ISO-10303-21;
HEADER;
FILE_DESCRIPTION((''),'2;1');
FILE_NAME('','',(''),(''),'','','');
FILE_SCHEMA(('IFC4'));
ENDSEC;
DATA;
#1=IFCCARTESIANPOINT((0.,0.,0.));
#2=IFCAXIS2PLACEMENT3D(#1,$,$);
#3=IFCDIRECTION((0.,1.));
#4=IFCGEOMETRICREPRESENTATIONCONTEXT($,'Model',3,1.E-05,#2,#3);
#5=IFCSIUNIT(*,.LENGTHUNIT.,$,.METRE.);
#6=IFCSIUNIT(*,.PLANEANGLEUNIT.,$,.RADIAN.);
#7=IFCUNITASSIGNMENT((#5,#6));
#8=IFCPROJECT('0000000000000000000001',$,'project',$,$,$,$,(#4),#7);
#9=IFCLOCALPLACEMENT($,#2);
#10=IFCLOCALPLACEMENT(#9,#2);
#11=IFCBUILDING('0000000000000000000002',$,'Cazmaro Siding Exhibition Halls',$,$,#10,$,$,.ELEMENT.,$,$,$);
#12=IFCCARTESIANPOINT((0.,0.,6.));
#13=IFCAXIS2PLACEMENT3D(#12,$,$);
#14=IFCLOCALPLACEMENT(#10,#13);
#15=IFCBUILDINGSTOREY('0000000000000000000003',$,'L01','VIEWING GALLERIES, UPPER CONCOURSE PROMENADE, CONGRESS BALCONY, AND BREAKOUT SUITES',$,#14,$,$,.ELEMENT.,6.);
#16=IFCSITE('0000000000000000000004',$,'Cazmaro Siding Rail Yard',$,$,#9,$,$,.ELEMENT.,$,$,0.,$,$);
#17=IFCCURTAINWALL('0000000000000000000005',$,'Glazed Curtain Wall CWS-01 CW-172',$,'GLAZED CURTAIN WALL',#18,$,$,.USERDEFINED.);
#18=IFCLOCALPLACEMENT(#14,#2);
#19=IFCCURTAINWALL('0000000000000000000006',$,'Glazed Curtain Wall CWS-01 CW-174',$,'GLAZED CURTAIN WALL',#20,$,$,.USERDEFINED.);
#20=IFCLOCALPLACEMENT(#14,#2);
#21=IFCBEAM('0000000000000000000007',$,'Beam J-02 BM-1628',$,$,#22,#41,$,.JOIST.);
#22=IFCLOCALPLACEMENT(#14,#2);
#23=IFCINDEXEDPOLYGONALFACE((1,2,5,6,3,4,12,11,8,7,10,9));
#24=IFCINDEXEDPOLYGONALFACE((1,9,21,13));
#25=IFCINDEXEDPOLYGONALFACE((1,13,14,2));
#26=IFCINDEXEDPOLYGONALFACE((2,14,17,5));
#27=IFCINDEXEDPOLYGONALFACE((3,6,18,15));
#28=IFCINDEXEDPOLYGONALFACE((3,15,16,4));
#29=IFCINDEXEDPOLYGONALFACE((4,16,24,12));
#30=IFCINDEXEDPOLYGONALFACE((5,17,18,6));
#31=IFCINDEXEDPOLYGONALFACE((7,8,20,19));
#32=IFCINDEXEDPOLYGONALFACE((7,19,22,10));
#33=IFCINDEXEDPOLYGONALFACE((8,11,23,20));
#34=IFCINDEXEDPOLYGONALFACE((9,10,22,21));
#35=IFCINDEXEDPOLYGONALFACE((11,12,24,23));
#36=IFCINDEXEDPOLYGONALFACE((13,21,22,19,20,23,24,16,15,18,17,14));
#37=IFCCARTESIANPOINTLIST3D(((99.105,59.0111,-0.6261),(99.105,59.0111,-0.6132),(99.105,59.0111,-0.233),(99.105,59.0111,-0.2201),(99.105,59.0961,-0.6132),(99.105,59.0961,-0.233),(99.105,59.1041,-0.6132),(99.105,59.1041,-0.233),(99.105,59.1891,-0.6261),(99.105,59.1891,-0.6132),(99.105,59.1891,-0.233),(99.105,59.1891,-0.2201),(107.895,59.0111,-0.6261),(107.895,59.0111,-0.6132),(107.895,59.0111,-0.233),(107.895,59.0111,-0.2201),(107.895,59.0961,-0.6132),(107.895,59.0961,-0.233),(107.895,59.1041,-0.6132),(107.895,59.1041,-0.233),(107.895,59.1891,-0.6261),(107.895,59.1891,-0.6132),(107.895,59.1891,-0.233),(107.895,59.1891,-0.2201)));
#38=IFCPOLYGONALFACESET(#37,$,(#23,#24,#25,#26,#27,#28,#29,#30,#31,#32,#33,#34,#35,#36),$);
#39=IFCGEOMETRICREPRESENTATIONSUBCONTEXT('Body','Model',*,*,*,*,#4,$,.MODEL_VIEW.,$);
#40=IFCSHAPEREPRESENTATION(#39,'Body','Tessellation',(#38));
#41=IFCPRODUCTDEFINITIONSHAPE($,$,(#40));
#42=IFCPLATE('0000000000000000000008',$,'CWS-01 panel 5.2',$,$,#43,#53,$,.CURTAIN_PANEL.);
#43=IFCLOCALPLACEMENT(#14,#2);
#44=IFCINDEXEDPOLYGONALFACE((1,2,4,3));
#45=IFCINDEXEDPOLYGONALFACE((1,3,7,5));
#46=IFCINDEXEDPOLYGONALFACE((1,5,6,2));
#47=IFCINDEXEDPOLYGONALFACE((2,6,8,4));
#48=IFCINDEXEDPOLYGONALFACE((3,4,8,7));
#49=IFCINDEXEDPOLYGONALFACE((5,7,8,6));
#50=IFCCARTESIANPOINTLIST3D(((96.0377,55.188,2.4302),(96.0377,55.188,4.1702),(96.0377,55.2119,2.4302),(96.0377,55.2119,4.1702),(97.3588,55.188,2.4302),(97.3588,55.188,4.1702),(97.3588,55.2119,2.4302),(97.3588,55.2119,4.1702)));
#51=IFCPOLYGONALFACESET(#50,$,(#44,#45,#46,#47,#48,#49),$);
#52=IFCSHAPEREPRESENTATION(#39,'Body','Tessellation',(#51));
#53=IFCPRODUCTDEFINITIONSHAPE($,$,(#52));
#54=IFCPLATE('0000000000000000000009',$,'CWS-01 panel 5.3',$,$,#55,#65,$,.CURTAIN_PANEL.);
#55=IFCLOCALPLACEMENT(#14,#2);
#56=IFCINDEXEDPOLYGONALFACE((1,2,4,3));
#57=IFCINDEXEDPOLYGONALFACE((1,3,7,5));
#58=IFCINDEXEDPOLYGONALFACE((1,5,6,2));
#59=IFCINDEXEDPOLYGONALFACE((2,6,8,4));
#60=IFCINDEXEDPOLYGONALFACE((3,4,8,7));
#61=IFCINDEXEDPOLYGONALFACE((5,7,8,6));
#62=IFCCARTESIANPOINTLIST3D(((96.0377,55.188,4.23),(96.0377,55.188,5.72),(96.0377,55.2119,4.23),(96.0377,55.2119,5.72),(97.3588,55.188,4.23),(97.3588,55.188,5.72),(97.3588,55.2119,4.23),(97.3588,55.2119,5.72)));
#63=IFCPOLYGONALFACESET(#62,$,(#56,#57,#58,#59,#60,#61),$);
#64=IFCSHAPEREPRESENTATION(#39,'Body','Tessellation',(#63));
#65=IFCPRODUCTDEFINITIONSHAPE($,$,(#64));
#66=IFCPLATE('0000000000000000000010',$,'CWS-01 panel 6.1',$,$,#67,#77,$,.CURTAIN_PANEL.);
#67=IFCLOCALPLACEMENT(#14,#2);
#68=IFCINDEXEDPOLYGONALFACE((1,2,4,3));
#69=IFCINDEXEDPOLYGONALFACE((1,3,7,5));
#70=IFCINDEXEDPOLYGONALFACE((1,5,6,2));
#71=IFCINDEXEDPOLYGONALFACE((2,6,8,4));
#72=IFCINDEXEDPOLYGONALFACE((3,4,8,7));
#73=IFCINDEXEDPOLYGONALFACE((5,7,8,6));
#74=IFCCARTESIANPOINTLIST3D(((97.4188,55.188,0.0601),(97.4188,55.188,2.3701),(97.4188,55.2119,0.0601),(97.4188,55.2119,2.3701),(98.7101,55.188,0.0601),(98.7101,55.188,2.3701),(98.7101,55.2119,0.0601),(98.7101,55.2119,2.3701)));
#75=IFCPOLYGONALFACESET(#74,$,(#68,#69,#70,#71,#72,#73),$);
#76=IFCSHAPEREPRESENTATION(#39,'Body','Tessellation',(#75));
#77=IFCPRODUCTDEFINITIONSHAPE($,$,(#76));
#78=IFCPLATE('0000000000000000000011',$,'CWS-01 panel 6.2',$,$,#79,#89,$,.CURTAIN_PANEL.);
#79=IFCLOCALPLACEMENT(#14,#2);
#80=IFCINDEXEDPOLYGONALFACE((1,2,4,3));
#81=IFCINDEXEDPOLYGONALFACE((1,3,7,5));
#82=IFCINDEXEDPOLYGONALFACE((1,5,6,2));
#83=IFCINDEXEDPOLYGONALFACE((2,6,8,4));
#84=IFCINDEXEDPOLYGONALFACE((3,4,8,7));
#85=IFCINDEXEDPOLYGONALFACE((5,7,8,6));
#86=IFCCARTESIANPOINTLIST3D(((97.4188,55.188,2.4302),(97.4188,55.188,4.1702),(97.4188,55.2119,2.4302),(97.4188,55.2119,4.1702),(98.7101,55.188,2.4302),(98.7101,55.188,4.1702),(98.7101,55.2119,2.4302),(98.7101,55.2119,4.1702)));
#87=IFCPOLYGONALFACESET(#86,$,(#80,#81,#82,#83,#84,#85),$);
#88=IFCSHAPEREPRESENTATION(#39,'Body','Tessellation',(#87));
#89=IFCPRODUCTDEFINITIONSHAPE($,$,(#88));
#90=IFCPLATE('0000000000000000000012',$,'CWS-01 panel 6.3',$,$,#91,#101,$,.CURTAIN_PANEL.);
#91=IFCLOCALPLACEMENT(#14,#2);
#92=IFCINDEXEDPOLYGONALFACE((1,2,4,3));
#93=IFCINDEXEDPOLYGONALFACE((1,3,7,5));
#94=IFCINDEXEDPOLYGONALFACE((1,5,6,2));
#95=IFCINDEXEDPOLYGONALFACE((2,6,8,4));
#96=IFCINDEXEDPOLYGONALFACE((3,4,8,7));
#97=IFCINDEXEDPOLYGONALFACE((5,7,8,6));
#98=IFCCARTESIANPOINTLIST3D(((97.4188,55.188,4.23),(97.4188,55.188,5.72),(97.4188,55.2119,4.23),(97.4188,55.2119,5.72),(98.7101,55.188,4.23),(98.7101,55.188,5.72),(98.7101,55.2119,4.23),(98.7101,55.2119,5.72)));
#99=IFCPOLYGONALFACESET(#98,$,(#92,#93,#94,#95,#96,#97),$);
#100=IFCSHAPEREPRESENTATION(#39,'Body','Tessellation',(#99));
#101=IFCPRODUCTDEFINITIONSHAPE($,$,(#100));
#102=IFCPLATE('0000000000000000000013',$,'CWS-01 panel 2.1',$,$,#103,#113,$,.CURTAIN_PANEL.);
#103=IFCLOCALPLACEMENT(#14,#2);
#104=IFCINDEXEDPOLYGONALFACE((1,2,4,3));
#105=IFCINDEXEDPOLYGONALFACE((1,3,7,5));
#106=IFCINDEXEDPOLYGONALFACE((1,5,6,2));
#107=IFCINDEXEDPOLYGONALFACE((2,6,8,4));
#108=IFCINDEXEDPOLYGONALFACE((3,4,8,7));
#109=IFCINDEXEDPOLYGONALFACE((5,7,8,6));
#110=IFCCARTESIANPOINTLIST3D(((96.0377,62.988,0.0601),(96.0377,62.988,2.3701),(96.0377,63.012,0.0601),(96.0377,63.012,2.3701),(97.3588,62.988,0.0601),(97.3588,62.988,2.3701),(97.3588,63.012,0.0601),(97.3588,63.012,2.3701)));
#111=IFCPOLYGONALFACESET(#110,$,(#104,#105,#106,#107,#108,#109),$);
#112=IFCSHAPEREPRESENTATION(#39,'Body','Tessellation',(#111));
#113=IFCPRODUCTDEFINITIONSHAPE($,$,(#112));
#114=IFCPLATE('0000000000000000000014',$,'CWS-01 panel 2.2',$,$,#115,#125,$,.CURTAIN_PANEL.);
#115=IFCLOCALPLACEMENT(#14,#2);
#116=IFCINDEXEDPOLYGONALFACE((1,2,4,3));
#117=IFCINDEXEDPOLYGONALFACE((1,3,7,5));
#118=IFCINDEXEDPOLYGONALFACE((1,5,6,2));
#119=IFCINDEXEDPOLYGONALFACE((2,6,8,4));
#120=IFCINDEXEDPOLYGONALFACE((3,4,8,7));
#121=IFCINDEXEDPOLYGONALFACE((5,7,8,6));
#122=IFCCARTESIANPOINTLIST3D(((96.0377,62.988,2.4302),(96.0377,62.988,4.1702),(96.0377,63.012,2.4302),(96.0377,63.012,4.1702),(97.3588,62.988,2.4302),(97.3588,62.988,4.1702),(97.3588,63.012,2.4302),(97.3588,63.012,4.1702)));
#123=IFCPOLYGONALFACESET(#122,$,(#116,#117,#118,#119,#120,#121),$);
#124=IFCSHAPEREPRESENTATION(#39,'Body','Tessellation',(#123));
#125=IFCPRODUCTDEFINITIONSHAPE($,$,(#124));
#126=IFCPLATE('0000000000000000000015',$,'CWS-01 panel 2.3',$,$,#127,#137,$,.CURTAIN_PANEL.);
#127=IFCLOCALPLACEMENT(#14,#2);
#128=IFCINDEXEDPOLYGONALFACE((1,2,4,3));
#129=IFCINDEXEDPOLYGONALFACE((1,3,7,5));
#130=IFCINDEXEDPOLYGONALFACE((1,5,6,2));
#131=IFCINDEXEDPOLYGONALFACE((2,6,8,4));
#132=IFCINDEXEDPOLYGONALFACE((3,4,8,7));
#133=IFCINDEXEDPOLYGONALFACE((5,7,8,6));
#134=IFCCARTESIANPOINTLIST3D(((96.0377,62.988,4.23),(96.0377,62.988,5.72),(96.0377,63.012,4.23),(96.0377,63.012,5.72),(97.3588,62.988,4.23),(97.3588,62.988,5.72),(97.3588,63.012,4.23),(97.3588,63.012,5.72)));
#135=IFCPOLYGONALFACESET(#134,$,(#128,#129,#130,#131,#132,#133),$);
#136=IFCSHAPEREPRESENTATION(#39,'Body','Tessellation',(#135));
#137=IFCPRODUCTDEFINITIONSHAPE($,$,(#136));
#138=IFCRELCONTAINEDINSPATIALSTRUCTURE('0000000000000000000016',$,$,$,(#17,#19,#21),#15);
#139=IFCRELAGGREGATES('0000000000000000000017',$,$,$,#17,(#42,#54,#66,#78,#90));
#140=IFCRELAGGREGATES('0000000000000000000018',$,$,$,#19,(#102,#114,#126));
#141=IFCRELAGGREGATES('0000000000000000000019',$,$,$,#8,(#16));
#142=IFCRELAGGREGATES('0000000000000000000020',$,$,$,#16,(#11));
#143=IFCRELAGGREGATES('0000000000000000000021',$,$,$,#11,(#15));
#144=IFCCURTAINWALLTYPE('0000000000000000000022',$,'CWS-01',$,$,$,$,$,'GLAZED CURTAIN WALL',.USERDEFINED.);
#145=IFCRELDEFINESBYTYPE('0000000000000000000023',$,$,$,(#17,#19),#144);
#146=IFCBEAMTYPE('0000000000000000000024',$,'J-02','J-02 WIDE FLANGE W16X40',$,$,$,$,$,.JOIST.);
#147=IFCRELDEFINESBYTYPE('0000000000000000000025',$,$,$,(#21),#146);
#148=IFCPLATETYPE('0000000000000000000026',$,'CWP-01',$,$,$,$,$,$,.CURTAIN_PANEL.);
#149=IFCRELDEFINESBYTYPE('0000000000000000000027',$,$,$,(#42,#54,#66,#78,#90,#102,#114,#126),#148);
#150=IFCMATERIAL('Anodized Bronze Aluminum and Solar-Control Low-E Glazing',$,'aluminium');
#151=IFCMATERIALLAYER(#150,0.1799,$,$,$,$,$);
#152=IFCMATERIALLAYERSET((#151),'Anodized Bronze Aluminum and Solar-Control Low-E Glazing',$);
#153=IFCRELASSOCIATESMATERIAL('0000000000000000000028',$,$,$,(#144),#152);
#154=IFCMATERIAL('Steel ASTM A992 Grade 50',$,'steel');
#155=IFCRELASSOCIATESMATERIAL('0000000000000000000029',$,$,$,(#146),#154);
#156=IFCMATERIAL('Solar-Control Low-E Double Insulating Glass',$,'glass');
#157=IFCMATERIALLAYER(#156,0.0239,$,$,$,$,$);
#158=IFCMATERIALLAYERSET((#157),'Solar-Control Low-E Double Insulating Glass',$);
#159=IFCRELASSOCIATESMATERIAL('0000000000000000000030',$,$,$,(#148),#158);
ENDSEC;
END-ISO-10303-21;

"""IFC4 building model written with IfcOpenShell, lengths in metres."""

from ifc_helpers import new_model, si_unit, direction, frame, origin, origin_2d, place, context, subcontext, project, spatial, rectangle, i_section, extrude, material, layer, layer_set, material_profile, profile_set, type_object, element, aggregate, save


model = new_model("IFC4")

# Units and contexts
model_context = context("Model", 3, precision=1e-05, world=origin(), true_north=direction((0.0, 1.0)))
body_context = subcontext(model_context, "Body", "Model", "MODEL_VIEW")
ifc_project = project(units=[si_unit("LENGTHUNIT", "METRE"), si_unit("PLANEANGLEUNIT", "RADIAN")], contexts=[model_context])

# Site, building, storey
site_placement = place(None, origin())
site = spatial("IfcSite", under=ifc_project, at=site_placement, Name="Cazmaro Siding Rail Yard", CompositionType="ELEMENT", RefElevation=0.0)
building_placement = place(site_placement, origin())
building = spatial("IfcBuilding", under=site, at=building_placement, Name="Cazmaro Siding Exhibition Halls", CompositionType="ELEMENT")
storey_placement = place(building_placement, frame((0.0, 0.0, 6.0)))
storey = spatial("IfcBuildingStorey", under=building, at=storey_placement, Name="L01", Description="VIEWING GALLERIES, UPPER CONCOURSE PROMENADE, CONGRESS BALCONY, AND BREAKOUT SUITES", CompositionType="ELEMENT", Elevation=6.0)

# Curtain walls
ifc_material_1 = material(Name="Anodized Bronze Aluminum and Solar-Control Low-E Glazing", Category="aluminium")
ifc_layer_1 = layer(ifc_material_1, 0.1799)
ifc_layer_set_1 = layer_set([ifc_layer_1], Name="Anodized Bronze Aluminum and Solar-Control Low-E Glazing")
curtain_wall_type = type_object("IfcCurtainWallType", Name="CWS-01", ElementType="GLAZED CURTAIN WALL", PredefinedType="USERDEFINED", material=ifc_layer_set_1)
curtain_wall_1_placement = place(storey_placement, origin())
curtain_wall_1 = element("IfcCurtainWall", 1, at=curtain_wall_1_placement, inside=storey, type_object=curtain_wall_type, Name="Glazed Curtain Wall CWS-01 CW-172", ObjectType="GLAZED CURTAIN WALL", PredefinedType="USERDEFINED")
curtain_wall_2_placement = place(storey_placement, origin())
curtain_wall_2 = element("IfcCurtainWall", 2, at=curtain_wall_2_placement, inside=storey, type_object=curtain_wall_type, Name="Glazed Curtain Wall CWS-01 CW-174", ObjectType="GLAZED CURTAIN WALL", PredefinedType="USERDEFINED")

# Beam
ifc_material_2 = material(Name="Steel ASTM A992 Grade 50", Category="steel")
ifc_material_profile_1 = material_profile(ifc_material_2, i_section(OverallWidth=0.178, OverallDepth=0.406, WebThickness=0.0081, FlangeThickness=0.0129, at=origin_2d()), Name="W16X40")
ifc_profile_set_1 = profile_set([ifc_material_profile_1], Name="Steel ASTM A992 Grade 50")
beam_type_1 = type_object("IfcBeamType", Name="J-02", Description="J-02 WIDE FLANGE W16X40", PredefinedType="JOIST", material=ifc_profile_set_1)
beam_1_placement = place(storey_placement, frame((99.105, 59.1001, -0.4231), z_axis=(1.0, 0.0, 0.0), x_axis=(0.0, 1.0, 0.0)))
element("IfcBeam", 3, at=beam_1_placement, inside=storey, type_object=beam_type_1, Name="Beam J-02 BM-1628", PredefinedType="JOIST", context=body_context, shape_type="SweptSolid", body=[
    extrude(i_section(OverallWidth=0.178, OverallDepth=0.406, WebThickness=0.0081, FlangeThickness=0.0129, at=origin_2d()), origin(), (0.0, 0.0, 1.0), 8.79),
])

# Plates
ifc_material_3 = material(Name="Solar-Control Low-E Double Insulating Glass", Category="glass")
ifc_layer_2 = layer(ifc_material_3, 0.0239)
ifc_layer_set_2 = layer_set([ifc_layer_2], Name="Solar-Control Low-E Double Insulating Glass")
plate_type = type_object("IfcPlateType", Name="CWP-01", PredefinedType="CURTAIN_PANEL", material=ifc_layer_set_2)
plate_1_placement = place(storey_placement, frame((96.6982, 55.2, 2.4302), z_axis=(0.0, 0.0, 1.0), x_axis=(1.0, 0.0, 0.0)))
plate_1 = element("IfcPlate", 4, at=plate_1_placement, type_object=plate_type, Name="CWS-01 panel 5.2", PredefinedType="CURTAIN_PANEL", context=body_context, shape_type="SweptSolid", body=[
    extrude(rectangle(XDim=1.321, YDim=0.0239, at=origin_2d()), origin(), (0.0, 0.0, 1.0), 1.74),
])
plate_2_placement = place(storey_placement, frame((96.6982, 55.2, 4.23), z_axis=(0.0, 0.0, 1.0), x_axis=(1.0, 0.0, 0.0)))
plate_2 = element("IfcPlate", 5, at=plate_2_placement, type_object=plate_type, Name="CWS-01 panel 5.3", PredefinedType="CURTAIN_PANEL", context=body_context, shape_type="SweptSolid", body=[
    extrude(rectangle(XDim=1.321, YDim=0.0239, at=origin_2d()), origin(), (0.0, 0.0, 1.0), 1.49),
])
plate_3_placement = place(storey_placement, frame((98.0645, 55.2, 0.0601), z_axis=(0.0, 0.0, 1.0), x_axis=(1.0, 0.0, 0.0)))
plate_3 = element("IfcPlate", 6, at=plate_3_placement, type_object=plate_type, Name="CWS-01 panel 6.1", PredefinedType="CURTAIN_PANEL", context=body_context, shape_type="SweptSolid", body=[
    extrude(rectangle(XDim=1.2913, YDim=0.0239, at=origin_2d()), origin(), (0.0, 0.0, 1.0), 2.3101),
])
plate_4_placement = place(storey_placement, frame((98.0645, 55.2, 2.4302), z_axis=(0.0, 0.0, 1.0), x_axis=(1.0, 0.0, 0.0)))
plate_4 = element("IfcPlate", 7, at=plate_4_placement, type_object=plate_type, Name="CWS-01 panel 6.2", PredefinedType="CURTAIN_PANEL", context=body_context, shape_type="SweptSolid", body=[
    extrude(rectangle(XDim=1.2913, YDim=0.0239, at=origin_2d()), origin(), (0.0, 0.0, 1.0), 1.74),
])
plate_5_placement = place(storey_placement, frame((98.0645, 55.2, 4.23), z_axis=(0.0, 0.0, 1.0), x_axis=(1.0, 0.0, 0.0)))
plate_5 = element("IfcPlate", 8, at=plate_5_placement, type_object=plate_type, Name="CWS-01 panel 6.3", PredefinedType="CURTAIN_PANEL", context=body_context, shape_type="SweptSolid", body=[
    extrude(rectangle(XDim=1.2913, YDim=0.0239, at=origin_2d()), origin(), (0.0, 0.0, 1.0), 1.49),
])
aggregate(curtain_wall_1, [plate_1, plate_2, plate_3, plate_4, plate_5])
plate_6_placement = place(storey_placement, frame((96.6982, 63.0, 0.0601), z_axis=(0.0, 0.0, 1.0), x_axis=(-1.0, 0.0, 0.0)))
plate_6 = element("IfcPlate", 9, at=plate_6_placement, type_object=plate_type, Name="CWS-01 panel 2.1", PredefinedType="CURTAIN_PANEL", context=body_context, shape_type="SweptSolid", body=[
    extrude(rectangle(XDim=1.321, YDim=0.0239, at=origin_2d()), origin(), (0.0, 0.0, 1.0), 2.3101),
])
plate_7_placement = place(storey_placement, frame((96.6982, 63.0, 2.4302), z_axis=(0.0, 0.0, 1.0), x_axis=(-1.0, 0.0, 0.0)))
plate_7 = element("IfcPlate", 10, at=plate_7_placement, type_object=plate_type, Name="CWS-01 panel 2.2", PredefinedType="CURTAIN_PANEL", context=body_context, shape_type="SweptSolid", body=[
    extrude(rectangle(XDim=1.321, YDim=0.0239, at=origin_2d()), origin(), (0.0, 0.0, 1.0), 1.74),
])
plate_8_placement = place(storey_placement, frame((96.6982, 63.0, 4.23), z_axis=(0.0, 0.0, 1.0), x_axis=(-1.0, 0.0, 0.0)))
plate_8 = element("IfcPlate", 11, at=plate_8_placement, type_object=plate_type, Name="CWS-01 panel 2.3", PredefinedType="CURTAIN_PANEL", context=body_context, shape_type="SweptSolid", body=[
    extrude(rectangle(XDim=1.321, YDim=0.0239, at=origin_2d()), origin(), (0.0, 0.0, 1.0), 1.49),
])
aggregate(curtain_wall_2, [plate_6, plate_7, plate_8])

save(model, "model.ifc")
